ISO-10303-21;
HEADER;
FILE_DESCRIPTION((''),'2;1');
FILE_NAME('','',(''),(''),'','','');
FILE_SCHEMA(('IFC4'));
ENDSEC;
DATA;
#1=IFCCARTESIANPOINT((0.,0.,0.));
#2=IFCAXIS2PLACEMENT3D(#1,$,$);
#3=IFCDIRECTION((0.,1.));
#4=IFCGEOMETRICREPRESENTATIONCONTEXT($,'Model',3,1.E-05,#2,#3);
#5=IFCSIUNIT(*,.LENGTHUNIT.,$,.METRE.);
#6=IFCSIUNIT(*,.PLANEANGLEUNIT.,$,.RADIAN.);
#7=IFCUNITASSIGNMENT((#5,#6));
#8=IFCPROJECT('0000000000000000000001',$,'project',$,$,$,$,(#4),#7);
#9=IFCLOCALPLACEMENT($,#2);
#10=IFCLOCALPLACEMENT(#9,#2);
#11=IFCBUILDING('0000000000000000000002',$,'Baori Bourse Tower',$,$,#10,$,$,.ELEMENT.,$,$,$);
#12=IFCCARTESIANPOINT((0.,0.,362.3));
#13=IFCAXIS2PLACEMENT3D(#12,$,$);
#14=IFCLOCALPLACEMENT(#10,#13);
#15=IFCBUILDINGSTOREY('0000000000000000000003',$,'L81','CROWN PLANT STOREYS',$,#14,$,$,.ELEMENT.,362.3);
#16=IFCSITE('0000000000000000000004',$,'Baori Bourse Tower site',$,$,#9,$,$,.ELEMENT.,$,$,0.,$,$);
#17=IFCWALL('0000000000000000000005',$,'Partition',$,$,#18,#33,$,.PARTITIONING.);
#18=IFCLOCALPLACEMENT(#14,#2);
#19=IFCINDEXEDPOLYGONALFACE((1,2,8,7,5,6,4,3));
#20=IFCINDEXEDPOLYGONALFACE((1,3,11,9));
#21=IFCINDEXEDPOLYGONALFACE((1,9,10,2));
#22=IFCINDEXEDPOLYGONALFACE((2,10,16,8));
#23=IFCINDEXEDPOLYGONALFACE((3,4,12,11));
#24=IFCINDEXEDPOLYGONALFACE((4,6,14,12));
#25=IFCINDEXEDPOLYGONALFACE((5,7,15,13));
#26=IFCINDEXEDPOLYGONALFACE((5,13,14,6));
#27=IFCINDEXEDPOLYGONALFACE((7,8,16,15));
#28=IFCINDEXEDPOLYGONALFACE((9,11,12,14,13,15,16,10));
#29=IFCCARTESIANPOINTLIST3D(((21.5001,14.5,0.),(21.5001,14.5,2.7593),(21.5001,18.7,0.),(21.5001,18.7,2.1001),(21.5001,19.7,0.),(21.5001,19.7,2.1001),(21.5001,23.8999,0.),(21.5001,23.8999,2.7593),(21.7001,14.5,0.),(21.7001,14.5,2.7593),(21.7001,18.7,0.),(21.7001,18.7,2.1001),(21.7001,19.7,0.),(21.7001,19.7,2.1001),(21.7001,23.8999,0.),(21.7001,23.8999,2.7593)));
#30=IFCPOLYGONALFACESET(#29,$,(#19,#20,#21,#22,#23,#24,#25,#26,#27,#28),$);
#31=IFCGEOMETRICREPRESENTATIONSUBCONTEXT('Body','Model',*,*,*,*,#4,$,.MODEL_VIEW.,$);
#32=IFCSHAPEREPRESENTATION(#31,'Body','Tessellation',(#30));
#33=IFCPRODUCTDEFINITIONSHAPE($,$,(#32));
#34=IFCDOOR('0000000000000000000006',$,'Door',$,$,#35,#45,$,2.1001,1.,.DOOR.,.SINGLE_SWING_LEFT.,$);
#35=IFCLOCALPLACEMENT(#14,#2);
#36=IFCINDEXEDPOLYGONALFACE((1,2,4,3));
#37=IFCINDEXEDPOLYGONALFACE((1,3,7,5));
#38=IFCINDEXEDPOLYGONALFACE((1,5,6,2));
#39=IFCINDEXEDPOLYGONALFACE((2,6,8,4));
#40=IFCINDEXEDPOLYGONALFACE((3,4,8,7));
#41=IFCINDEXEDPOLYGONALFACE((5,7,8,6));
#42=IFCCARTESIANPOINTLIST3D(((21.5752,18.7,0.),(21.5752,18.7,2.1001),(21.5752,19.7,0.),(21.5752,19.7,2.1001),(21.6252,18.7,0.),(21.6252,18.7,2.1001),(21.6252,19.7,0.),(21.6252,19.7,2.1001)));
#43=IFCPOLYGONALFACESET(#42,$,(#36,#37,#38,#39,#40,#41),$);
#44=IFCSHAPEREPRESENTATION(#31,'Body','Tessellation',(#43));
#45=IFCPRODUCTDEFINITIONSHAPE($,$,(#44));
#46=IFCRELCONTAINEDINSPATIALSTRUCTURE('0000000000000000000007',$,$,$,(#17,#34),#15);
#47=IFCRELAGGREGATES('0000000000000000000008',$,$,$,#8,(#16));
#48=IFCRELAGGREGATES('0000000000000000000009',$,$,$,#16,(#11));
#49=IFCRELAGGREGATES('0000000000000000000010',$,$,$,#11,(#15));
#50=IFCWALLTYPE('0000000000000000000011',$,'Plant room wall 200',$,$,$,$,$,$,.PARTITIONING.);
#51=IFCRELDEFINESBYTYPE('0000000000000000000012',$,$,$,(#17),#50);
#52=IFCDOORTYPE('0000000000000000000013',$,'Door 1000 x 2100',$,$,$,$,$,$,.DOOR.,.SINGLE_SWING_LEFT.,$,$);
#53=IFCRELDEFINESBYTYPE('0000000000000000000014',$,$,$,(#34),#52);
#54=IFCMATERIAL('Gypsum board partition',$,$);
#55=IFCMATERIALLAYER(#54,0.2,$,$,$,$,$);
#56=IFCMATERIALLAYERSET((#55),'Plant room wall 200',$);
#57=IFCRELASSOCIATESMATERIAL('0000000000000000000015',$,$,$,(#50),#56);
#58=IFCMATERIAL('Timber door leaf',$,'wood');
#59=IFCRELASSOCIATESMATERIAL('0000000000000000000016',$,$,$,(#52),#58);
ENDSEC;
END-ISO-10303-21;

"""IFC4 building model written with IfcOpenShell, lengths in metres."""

from ifc_helpers import new_model, si_unit, direction, frame, frame_2d, origin, place, context, subcontext, project, spatial, rectangle, extrude, material, layer, layer_set, type_object, element, fill, save


model = new_model("IFC4")

# Units and contexts
model_context = context("Model", 3, precision=1e-05, world=origin(), true_north=direction((0.0, 1.0)))
body_context = subcontext(model_context, "Body", "Model", "MODEL_VIEW")
ifc_project = project(units=[si_unit("LENGTHUNIT", "METRE"), si_unit("PLANEANGLEUNIT", "RADIAN")], contexts=[model_context])

# Site, building, storey
site_placement = place(None, origin())
site = spatial("IfcSite", under=ifc_project, at=site_placement, Name="Baori Bourse Tower site", CompositionType="ELEMENT", RefElevation=0.0)
building_placement = place(site_placement, origin())
building = spatial("IfcBuilding", under=site, at=building_placement, Name="Baori Bourse Tower", CompositionType="ELEMENT")
storey_placement = place(building_placement, frame((0.0, 0.0, 362.3)))
storey = spatial("IfcBuildingStorey", under=building, at=storey_placement, Name="L81", Description="CROWN PLANT STOREYS", CompositionType="ELEMENT", Elevation=362.3)

# Shared definitions
ifc_material_1 = material(Name="Gypsum board partition")
ifc_layer_1 = layer(ifc_material_1, 0.2)
ifc_layer_set_1 = layer_set([ifc_layer_1], Name="Plant room wall 200")
wall_type_1 = type_object("IfcWallType", Name="Plant room wall 200", PredefinedType="PARTITIONING", material=ifc_layer_set_1)
ifc_material_2 = material(Name="Timber door leaf", Category="wood")
door_type_1 = type_object("IfcDoorType", Name="Door 1000 x 2100", OperationType="SINGLE_SWING_LEFT", PredefinedType="DOOR", material=ifc_material_2)

# Wall, opening, door
wall_1_placement = place(storey_placement, frame((21.6001, 14.5, 0.0), z_axis=(0.0, 0.0, 1.0), x_axis=(0.0, 1.0, 0.0)))
wall_1 = element("IfcWall", 1, at=wall_1_placement, inside=storey, type_object=wall_type_1, Name="Partition", PredefinedType="PARTITIONING", context=body_context, shape_type="SweptSolid", body=[
    extrude(rectangle(XDim=9.3999, YDim=0.2, at=frame_2d((4.7, 0.0))), origin(), (0.0, 0.0, 1.0), 2.7593),
])
opening_1_placement = place(wall_1_placement, frame((4.2, 0.0, 0.0)))
opening_1 = element("IfcOpeningElement", 2, at=opening_1_placement, cuts=wall_1, PredefinedType="OPENING", context=body_context, shape_type="SweptSolid", body=[
    extrude(rectangle(XDim=1.0, YDim=2.1001, at=frame_2d((0.5, 1.05))), frame((0.0, 0.1099, 0.0), z_axis=(0.0, -1.0, 0.0), x_axis=(1.0, 0.0, 0.0)), (0.0, 0.0, 1.0), 0.22),
])
door_1_placement = place(opening_1_placement, origin())
door_1 = element("IfcDoor", 3, at=door_1_placement, inside=storey, type_object=door_type_1, Name="Door", OperationType="SINGLE_SWING_LEFT", OverallHeight=2.1001, OverallWidth=1.0, PredefinedType="DOOR", context=body_context, shape_type="SweptSolid", body=[
    extrude(rectangle(XDim=1.0, YDim=2.1001, at=frame_2d((0.5, 1.05))), frame((0.0, 0.0249, 0.0), z_axis=(0.0, -1.0, 0.0), x_axis=(1.0, 0.0, 0.0)), (0.0, 0.0, 1.0), 0.05),
])
fill(opening_1, door_1)

save(model, "model.ifc")
